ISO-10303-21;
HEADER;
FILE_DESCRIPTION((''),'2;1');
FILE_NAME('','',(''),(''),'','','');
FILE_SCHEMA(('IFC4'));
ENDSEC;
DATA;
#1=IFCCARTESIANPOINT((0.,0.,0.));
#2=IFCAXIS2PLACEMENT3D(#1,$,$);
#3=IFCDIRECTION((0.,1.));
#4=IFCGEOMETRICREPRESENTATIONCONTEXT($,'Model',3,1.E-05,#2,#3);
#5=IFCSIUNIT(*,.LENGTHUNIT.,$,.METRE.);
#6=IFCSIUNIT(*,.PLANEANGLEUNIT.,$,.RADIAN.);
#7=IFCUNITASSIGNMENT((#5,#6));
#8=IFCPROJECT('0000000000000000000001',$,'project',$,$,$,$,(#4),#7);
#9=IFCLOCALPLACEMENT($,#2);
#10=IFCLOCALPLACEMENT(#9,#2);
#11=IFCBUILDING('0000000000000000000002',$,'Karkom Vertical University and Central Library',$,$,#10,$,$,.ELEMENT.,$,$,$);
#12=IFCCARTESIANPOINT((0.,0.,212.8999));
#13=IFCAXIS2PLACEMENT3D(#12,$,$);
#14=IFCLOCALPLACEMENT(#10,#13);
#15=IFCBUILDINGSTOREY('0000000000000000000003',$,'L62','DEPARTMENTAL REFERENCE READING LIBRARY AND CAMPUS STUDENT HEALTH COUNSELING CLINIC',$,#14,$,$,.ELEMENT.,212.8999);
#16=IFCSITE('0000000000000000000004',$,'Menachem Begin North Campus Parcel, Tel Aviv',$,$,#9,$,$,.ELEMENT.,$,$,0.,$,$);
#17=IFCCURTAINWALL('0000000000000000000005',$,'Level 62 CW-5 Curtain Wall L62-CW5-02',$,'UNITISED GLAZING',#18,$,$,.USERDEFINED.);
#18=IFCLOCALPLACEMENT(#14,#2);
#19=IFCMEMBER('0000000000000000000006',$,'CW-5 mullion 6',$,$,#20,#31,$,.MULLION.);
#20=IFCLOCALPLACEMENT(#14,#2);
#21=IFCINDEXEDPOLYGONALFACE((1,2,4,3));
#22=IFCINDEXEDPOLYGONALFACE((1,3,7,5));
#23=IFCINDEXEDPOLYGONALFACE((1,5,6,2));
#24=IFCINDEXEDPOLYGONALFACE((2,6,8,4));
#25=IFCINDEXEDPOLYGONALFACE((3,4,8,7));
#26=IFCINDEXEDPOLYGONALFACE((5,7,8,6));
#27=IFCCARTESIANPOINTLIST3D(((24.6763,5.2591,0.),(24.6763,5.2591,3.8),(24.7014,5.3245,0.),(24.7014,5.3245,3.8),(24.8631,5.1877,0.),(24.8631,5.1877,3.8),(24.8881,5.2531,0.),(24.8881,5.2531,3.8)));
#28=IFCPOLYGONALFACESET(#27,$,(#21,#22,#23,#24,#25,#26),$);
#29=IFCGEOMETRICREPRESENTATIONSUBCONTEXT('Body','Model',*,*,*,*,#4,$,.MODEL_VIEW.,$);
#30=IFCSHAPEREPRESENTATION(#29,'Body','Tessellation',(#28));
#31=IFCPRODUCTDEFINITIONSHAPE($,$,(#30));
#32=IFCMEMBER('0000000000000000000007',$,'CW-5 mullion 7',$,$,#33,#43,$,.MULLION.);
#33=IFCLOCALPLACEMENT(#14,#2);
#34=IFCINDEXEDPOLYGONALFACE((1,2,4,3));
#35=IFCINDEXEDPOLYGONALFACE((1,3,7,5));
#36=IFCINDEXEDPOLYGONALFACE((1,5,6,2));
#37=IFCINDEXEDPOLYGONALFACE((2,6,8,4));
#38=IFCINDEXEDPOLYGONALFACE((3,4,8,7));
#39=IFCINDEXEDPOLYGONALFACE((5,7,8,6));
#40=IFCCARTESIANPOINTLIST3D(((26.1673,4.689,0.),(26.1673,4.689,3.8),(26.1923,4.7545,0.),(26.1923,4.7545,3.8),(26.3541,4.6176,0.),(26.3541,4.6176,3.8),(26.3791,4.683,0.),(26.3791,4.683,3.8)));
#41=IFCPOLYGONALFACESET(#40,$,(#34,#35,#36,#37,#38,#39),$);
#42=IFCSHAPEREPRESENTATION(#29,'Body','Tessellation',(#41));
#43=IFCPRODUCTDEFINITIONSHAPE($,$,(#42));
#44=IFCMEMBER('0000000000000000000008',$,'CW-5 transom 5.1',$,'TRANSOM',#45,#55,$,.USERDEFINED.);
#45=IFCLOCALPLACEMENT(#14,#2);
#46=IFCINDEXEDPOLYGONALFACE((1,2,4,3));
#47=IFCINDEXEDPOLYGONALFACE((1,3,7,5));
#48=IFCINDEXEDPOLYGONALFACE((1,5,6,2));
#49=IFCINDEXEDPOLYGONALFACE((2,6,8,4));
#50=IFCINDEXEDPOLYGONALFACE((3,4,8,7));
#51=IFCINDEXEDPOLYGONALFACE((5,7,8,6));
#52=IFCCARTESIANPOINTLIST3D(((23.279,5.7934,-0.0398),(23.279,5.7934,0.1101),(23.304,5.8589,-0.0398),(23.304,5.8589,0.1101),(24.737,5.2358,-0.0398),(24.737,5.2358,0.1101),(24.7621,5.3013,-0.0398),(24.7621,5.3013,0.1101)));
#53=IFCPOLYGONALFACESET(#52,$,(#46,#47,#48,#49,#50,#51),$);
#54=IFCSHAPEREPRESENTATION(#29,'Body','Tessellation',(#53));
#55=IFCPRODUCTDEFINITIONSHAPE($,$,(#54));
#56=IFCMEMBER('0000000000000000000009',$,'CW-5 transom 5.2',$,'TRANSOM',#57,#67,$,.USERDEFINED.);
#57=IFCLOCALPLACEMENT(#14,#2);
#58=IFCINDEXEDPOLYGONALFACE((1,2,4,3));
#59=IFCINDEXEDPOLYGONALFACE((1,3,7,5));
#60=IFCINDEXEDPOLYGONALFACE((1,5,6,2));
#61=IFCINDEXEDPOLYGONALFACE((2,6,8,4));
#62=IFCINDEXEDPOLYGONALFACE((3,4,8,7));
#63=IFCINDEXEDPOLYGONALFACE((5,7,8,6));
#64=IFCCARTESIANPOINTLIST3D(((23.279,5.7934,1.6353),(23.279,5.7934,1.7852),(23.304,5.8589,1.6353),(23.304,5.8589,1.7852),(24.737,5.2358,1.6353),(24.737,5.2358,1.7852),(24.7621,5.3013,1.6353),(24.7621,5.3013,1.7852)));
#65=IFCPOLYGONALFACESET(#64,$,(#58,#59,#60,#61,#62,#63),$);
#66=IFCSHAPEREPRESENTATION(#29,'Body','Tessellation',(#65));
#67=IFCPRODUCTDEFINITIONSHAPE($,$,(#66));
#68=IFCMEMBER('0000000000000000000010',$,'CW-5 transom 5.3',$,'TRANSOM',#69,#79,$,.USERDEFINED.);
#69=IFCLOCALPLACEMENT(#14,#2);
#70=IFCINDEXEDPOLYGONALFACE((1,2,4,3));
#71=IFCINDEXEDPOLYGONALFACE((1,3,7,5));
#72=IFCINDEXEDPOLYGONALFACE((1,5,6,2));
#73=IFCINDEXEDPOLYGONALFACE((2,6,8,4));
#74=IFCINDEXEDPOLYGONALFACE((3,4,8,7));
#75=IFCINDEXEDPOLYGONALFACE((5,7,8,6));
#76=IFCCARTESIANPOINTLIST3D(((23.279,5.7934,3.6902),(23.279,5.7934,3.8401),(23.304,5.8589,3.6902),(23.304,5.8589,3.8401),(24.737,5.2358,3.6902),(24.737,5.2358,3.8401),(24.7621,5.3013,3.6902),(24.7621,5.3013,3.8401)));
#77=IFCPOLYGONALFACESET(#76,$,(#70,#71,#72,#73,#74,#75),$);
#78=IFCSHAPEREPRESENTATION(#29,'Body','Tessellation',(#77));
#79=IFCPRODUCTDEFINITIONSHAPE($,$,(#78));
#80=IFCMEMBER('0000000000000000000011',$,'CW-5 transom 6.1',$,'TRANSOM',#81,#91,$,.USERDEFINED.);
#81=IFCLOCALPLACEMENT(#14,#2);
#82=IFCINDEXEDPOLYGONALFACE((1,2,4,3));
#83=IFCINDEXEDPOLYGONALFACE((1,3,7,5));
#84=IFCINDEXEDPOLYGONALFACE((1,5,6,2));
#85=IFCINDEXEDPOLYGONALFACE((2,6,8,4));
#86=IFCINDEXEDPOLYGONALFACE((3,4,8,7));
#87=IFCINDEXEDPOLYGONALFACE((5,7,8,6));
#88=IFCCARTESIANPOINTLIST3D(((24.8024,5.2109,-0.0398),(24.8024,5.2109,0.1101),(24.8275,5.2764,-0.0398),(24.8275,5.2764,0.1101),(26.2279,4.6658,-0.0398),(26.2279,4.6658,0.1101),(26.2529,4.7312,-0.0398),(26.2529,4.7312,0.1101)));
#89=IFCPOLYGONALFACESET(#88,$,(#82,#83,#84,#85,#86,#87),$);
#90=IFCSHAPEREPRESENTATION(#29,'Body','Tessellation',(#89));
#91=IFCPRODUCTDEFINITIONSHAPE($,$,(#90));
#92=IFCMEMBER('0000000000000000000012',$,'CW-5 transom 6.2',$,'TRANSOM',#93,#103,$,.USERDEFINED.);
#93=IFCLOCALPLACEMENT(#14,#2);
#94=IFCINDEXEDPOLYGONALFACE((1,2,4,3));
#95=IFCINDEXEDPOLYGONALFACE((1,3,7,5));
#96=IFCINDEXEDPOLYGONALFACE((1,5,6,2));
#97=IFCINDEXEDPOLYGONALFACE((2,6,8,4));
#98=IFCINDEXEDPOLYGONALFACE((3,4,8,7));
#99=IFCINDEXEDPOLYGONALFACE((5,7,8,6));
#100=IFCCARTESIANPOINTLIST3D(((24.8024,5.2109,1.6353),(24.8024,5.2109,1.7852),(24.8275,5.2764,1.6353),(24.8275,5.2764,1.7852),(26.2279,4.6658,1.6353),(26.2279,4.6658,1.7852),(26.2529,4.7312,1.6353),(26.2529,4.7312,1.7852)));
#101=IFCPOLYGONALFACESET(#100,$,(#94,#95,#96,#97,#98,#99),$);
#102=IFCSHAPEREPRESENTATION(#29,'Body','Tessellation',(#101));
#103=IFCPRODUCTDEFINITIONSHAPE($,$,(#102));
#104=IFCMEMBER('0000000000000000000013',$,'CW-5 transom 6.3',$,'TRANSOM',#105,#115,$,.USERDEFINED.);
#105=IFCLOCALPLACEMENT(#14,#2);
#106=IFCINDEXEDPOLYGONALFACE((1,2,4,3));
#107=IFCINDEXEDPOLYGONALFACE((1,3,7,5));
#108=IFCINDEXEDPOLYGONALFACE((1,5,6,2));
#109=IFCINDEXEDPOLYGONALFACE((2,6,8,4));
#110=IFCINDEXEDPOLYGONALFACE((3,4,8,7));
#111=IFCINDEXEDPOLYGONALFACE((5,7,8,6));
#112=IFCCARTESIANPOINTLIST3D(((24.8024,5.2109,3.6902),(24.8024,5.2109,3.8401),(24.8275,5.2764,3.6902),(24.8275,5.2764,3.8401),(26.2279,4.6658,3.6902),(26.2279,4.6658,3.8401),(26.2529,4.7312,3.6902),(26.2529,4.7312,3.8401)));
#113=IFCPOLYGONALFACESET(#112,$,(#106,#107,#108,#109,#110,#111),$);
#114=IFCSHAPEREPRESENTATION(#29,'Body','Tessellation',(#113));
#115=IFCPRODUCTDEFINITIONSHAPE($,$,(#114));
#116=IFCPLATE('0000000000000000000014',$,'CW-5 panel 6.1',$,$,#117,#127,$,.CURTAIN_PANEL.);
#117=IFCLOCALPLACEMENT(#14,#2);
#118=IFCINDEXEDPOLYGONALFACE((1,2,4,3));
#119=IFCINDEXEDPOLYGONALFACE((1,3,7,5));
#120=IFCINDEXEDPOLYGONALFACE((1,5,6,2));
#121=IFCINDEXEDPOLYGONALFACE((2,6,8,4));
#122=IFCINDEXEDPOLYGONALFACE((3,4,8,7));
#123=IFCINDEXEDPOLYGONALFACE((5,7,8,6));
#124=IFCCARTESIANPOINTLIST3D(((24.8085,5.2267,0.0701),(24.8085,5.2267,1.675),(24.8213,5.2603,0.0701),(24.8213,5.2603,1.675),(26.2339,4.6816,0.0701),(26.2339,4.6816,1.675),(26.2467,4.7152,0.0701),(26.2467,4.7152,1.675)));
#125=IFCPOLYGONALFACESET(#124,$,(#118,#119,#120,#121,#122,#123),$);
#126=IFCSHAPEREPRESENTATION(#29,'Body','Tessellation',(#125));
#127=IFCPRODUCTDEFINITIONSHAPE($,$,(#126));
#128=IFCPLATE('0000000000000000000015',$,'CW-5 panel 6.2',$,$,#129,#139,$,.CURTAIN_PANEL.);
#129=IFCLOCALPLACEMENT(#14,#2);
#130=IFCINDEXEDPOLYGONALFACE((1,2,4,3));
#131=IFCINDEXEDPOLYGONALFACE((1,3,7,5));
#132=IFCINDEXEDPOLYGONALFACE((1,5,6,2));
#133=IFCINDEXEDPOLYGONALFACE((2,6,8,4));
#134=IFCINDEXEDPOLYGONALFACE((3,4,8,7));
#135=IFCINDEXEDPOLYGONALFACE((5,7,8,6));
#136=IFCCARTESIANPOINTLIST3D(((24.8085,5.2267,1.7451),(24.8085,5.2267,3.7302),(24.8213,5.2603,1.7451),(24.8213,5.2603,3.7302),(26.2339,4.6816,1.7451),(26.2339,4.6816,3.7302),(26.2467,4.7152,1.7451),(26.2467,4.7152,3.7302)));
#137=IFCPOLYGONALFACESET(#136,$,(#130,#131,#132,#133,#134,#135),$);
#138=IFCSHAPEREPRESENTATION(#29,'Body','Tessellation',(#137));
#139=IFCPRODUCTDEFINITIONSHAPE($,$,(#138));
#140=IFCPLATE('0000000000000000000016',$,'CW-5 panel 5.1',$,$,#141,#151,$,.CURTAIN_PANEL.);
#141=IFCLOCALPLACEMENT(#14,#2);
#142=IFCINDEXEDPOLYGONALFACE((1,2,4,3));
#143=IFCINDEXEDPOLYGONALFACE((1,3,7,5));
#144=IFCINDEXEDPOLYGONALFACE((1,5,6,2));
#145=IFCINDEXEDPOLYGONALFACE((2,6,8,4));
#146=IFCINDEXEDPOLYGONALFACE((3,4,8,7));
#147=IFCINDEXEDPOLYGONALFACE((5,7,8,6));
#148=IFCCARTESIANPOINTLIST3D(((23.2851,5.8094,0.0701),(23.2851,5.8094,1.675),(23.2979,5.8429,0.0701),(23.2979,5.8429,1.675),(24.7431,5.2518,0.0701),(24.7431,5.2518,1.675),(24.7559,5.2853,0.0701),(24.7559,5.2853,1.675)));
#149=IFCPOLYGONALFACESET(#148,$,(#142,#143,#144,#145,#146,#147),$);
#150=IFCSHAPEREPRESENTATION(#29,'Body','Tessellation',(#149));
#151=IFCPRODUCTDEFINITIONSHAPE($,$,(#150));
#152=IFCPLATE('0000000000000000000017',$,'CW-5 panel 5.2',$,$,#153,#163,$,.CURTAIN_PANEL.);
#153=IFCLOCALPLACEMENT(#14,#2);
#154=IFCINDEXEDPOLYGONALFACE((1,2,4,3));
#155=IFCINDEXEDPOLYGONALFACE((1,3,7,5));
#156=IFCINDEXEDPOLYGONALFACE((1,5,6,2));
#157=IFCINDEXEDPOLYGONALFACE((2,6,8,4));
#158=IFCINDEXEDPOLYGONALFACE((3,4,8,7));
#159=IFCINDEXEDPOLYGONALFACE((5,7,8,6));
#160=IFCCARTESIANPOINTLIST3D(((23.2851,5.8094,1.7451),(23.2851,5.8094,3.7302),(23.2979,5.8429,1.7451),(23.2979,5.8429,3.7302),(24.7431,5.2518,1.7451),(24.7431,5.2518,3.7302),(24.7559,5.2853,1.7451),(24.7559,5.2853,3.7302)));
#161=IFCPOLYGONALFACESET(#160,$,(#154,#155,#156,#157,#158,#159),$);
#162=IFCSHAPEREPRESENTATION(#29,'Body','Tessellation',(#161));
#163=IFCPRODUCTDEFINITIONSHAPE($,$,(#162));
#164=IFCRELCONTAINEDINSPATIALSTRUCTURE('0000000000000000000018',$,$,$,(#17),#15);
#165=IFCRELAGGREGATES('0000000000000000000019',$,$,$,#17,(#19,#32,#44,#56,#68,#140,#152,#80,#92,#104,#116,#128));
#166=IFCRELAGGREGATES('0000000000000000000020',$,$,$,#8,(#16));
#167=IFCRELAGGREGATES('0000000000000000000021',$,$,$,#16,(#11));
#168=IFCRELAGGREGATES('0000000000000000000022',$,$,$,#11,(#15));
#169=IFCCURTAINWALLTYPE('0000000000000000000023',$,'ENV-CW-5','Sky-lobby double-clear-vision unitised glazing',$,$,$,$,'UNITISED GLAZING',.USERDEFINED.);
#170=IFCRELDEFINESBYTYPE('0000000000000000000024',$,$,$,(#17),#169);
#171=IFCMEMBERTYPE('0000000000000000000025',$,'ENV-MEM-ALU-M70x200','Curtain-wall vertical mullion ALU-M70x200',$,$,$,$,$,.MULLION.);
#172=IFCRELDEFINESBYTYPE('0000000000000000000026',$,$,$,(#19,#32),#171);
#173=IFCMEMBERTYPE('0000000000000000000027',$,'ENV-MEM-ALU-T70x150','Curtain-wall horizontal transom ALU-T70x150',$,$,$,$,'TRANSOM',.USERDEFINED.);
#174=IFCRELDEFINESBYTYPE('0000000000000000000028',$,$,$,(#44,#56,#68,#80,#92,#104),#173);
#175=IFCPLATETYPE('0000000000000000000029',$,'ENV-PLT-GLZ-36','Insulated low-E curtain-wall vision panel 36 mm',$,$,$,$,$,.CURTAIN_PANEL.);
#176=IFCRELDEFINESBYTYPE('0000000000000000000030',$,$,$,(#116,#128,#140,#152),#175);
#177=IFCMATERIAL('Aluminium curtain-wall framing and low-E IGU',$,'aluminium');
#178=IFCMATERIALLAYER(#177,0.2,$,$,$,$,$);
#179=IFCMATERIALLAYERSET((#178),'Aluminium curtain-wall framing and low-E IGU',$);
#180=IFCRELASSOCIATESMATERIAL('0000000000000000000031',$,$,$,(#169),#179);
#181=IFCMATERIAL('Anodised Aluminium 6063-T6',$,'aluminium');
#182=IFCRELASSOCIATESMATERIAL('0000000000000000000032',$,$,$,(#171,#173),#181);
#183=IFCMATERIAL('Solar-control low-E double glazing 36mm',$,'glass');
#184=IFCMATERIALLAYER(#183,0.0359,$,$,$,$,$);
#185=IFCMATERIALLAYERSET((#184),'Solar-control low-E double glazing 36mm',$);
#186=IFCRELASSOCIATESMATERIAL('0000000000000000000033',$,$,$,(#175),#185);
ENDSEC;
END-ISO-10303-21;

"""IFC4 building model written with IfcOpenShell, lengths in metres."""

from ifc_helpers import new_model, si_unit, direction, frame, origin, origin_with_axes, origin_2d, place, context, subcontext, project, spatial, rectangle, extrude, source, transform, mapped, material, layer, layer_set, material_profile, profile_set, type_object, element, aggregate, save


model = new_model("IFC4")

# Units and contexts
model_context = context("Model", 3, precision=1e-05, world=origin(), true_north=direction((0.0, 1.0)))
body_context = subcontext(model_context, "Body", "Model", "MODEL_VIEW")
ifc_project = project(units=[si_unit("LENGTHUNIT", "METRE"), si_unit("PLANEANGLEUNIT", "RADIAN")], contexts=[model_context])

# Site, building, storey
site_placement = place(None, origin())
site = spatial("IfcSite", under=ifc_project, at=site_placement, Name="Menachem Begin North Campus Parcel, Tel Aviv", CompositionType="ELEMENT", RefElevation=0.0)
building_placement = place(site_placement, origin())
building = spatial("IfcBuilding", under=site, at=building_placement, Name="Karkom Vertical University and Central Library", CompositionType="ELEMENT")
storey_placement = place(building_placement, frame((0.0, 0.0, 212.8999)))
storey = spatial("IfcBuildingStorey", under=building, at=storey_placement, Name="L62", Description="DEPARTMENTAL REFERENCE READING LIBRARY AND CAMPUS STUDENT HEALTH COUNSELING CLINIC", CompositionType="ELEMENT", Elevation=212.8999)

# Curtain wall, members, plates
ifc_material_1 = material(Name="Aluminium curtain-wall framing and low-E IGU", Category="aluminium")
ifc_layer_1 = layer(ifc_material_1, 0.2)
ifc_layer_set_1 = layer_set([ifc_layer_1], Name="Aluminium curtain-wall framing and low-E IGU")
curtain_wall_type = type_object("IfcCurtainWallType", Name="ENV-CW-5", Description="Sky-lobby double-clear-vision unitised glazing", ElementType="UNITISED GLAZING", PredefinedType="USERDEFINED", material=ifc_layer_set_1)
curtain_wall_placement = place(storey_placement, origin())
curtain_wall = element("IfcCurtainWall", 1, at=curtain_wall_placement, inside=storey, type_object=curtain_wall_type, Name="Level 62 CW-5 Curtain Wall L62-CW5-02", ObjectType="UNITISED GLAZING", PredefinedType="USERDEFINED")
ifc_material_2 = material(Name="Anodised Aluminium 6063-T6", Category="aluminium")
ifc_material_profile_1 = material_profile(ifc_material_2, rectangle(XDim=0.0701, YDim=0.2, at=origin_2d()), Name="ALU-M70x200")
ifc_profile_set_1 = profile_set([ifc_material_profile_1], Name="Anodised Aluminium 6063-T6")
member_type_1 = type_object("IfcMemberType", Name="ENV-MEM-ALU-M70x200", Description="Curtain-wall vertical mullion ALU-M70x200", PredefinedType="MULLION", material=ifc_profile_set_1)
shared_shape_1 = source(origin_with_axes(), body_context, "Body", "SweptSolid", [
    extrude(rectangle(XDim=0.0701, YDim=0.2, at=origin_2d()), origin(), (0.0, 0.0, 1.0), 3.8),
])
member_1_placement = place(storey_placement, frame((24.7822, 5.2561, 0.0), z_axis=(0.0, 0.0, 1.0), x_axis=(0.357182, 0.934035, 0.0)))
member_1 = element("IfcMember", 2, at=member_1_placement, type_object=member_type_1, Name="CW-5 mullion 6", PredefinedType="MULLION", context=body_context, shape_type="MappedRepresentation", body=[
    mapped(shared_shape_1, transform((0.0, 0.0, 0.0), scale=1.0)),
])
member_2_placement = place(storey_placement, frame((26.2732, 4.686, 0.0), z_axis=(0.0, 0.0, 1.0), x_axis=(0.357182, 0.934035, 0.0)))
member_2 = element("IfcMember", 3, at=member_2_placement, type_object=member_type_1, Name="CW-5 mullion 7", PredefinedType="MULLION", context=body_context, shape_type="MappedRepresentation", body=[
    mapped(shared_shape_1, transform((0.0, 0.0, 0.0), scale=1.0)),
])
ifc_material_profile_2 = material_profile(ifc_material_2, rectangle(XDim=0.0701, YDim=0.1499, at=origin_2d()), Name="ALU-T70x150")
ifc_profile_set_2 = profile_set([ifc_material_profile_2], Name="Anodised Aluminium 6063-T6")
member_type_2 = type_object("IfcMemberType", Name="ENV-MEM-ALU-T70x150", Description="Curtain-wall horizontal transom ALU-T70x150", ElementType="TRANSOM", PredefinedType="USERDEFINED", material=ifc_profile_set_2)
shared_shape_2 = source(origin_with_axes(), body_context, "Body", "SweptSolid", [
    extrude(rectangle(XDim=0.0701, YDim=0.1499, at=origin_2d()), origin(), (0.0, 0.0, 1.0), 1.561),
])
member_3_placement = place(storey_placement, frame((23.2915, 5.8262, 0.0352), z_axis=(0.934021, -0.357218, 0.0), x_axis=(0.357218, 0.934021, 0.0)))
member_3 = element("IfcMember", 4, at=member_3_placement, type_object=member_type_2, Name="CW-5 transom 5.1", ObjectType="TRANSOM", PredefinedType="USERDEFINED", context=body_context, shape_type="MappedRepresentation", body=[
    mapped(shared_shape_2, transform((0.0, 0.0, 0.0), scale=1.0)),
])
member_4_placement = place(storey_placement, frame((23.2915, 5.8262, 1.7102), z_axis=(0.934021, -0.357218, 0.0), x_axis=(0.357218, 0.934021, 0.0)))
member_4 = element("IfcMember", 5, at=member_4_placement, type_object=member_type_2, Name="CW-5 transom 5.2", ObjectType="TRANSOM", PredefinedType="USERDEFINED", context=body_context, shape_type="MappedRepresentation", body=[
    mapped(shared_shape_2, transform((0.0, 0.0, 0.0), scale=1.0)),
])
member_5_placement = place(storey_placement, frame((23.2915, 5.8262, 3.7651), z_axis=(0.934021, -0.357218, 0.0), x_axis=(0.357218, 0.934021, 0.0)))
member_5 = element("IfcMember", 6, at=member_5_placement, type_object=member_type_2, Name="CW-5 transom 5.3", ObjectType="TRANSOM", PredefinedType="USERDEFINED", context=body_context, shape_type="MappedRepresentation", body=[
    mapped(shared_shape_2, transform((0.0, 0.0, 0.0), scale=1.0)),
])
shared_shape_3 = source(origin_with_axes(), body_context, "Body", "SweptSolid", [
    extrude(rectangle(XDim=0.0701, YDim=0.1499, at=origin_2d()), origin(), (0.0, 0.0, 1.0), 1.5261),
])
member_6_placement = place(storey_placement, frame((24.8149, 5.2437, 0.0352), z_axis=(0.934028, -0.357199, 0.0), x_axis=(0.357199, 0.934028, 0.0)))
member_6 = element("IfcMember", 7, at=member_6_placement, type_object=member_type_2, Name="CW-5 transom 6.1", ObjectType="TRANSOM", PredefinedType="USERDEFINED", context=body_context, shape_type="MappedRepresentation", body=[
    mapped(shared_shape_3, transform((0.0, 0.0, 0.0), scale=1.0)),
])
member_7_placement = place(storey_placement, frame((24.8149, 5.2437, 1.7102), z_axis=(0.934028, -0.357199, 0.0), x_axis=(0.357199, 0.934028, 0.0)))
member_7 = element("IfcMember", 8, at=member_7_placement, type_object=member_type_2, Name="CW-5 transom 6.2", ObjectType="TRANSOM", PredefinedType="USERDEFINED", context=body_context, shape_type="MappedRepresentation", body=[
    mapped(shared_shape_3, transform((0.0, 0.0, 0.0), scale=1.0)),
])
member_8_placement = place(storey_placement, frame((24.8149, 5.2437, 3.7651), z_axis=(0.934028, -0.357199, 0.0), x_axis=(0.357199, 0.934028, 0.0)))
member_8 = element("IfcMember", 9, at=member_8_placement, type_object=member_type_2, Name="CW-5 transom 6.3", ObjectType="TRANSOM", PredefinedType="USERDEFINED", context=body_context, shape_type="MappedRepresentation", body=[
    mapped(shared_shape_3, transform((0.0, 0.0, 0.0), scale=1.0)),
])
ifc_material_3 = material(Name="Solar-control low-E double glazing 36mm", Category="glass")
ifc_layer_2 = layer(ifc_material_3, 0.0359)
ifc_layer_set_2 = layer_set([ifc_layer_2], Name="Solar-control low-E double glazing 36mm")
plate_type = type_object("IfcPlateType", Name="ENV-PLT-GLZ-36", Description="Insulated low-E curtain-wall vision panel 36 mm", PredefinedType="CURTAIN_PANEL", material=ifc_layer_set_2)
shared_shape_4 = source(origin_with_axes(), body_context, "Body", "SweptSolid", [
    extrude(rectangle(XDim=1.5261, YDim=0.0359, at=origin_2d()), origin(), (0.0, 0.0, 1.0), 1.605),
])
plate_1_placement = place(storey_placement, frame((25.5276, 4.9709, 0.0701), z_axis=(0.0, 0.0, 1.0), x_axis=(0.934035, -0.357182, 0.0)))
plate_1 = element("IfcPlate", 10, at=plate_1_placement, type_object=plate_type, Name="CW-5 panel 6.1", PredefinedType="CURTAIN_PANEL", context=body_context, shape_type="MappedRepresentation", body=[
    mapped(shared_shape_4, transform((0.0, 0.0, 0.0), scale=1.0)),
])
shared_shape_5 = source(origin_with_axes(), body_context, "Body", "SweptSolid", [
    extrude(rectangle(XDim=1.5261, YDim=0.0359, at=origin_2d()), origin(), (0.0, 0.0, 1.0), 1.9851),
])
plate_2_placement = place(storey_placement, frame((25.5276, 4.9709, 1.7451), z_axis=(0.0, 0.0, 1.0), x_axis=(0.934035, -0.357182, 0.0)))
plate_2 = element("IfcPlate", 11, at=plate_2_placement, type_object=plate_type, Name="CW-5 panel 6.2", PredefinedType="CURTAIN_PANEL", context=body_context, shape_type="MappedRepresentation", body=[
    mapped(shared_shape_5, transform((0.0, 0.0, 0.0), scale=1.0)),
])
shared_shape_6 = source(origin_with_axes(), body_context, "Body", "SweptSolid", [
    extrude(rectangle(XDim=1.561, YDim=0.0359, at=origin_2d()), origin(), (0.0, 0.0, 1.0), 1.605),
])
plate_3_placement = place(storey_placement, frame((24.0205, 5.5474, 0.0701), z_axis=(0.0, 0.0, 1.0), x_axis=(0.934035, -0.357182, 0.0)))
plate_3 = element("IfcPlate", 12, at=plate_3_placement, type_object=plate_type, Name="CW-5 panel 5.1", PredefinedType="CURTAIN_PANEL", context=body_context, shape_type="MappedRepresentation", body=[
    mapped(shared_shape_6, transform((0.0, 0.0, 0.0), scale=1.0)),
])
shared_shape_7 = source(origin_with_axes(), body_context, "Body", "SweptSolid", [
    extrude(rectangle(XDim=1.561, YDim=0.0359, at=origin_2d()), origin(), (0.0, 0.0, 1.0), 1.9851),
])
plate_4_placement = place(storey_placement, frame((24.0205, 5.5474, 1.7451), z_axis=(0.0, 0.0, 1.0), x_axis=(0.934035, -0.357182, 0.0)))
plate_4 = element("IfcPlate", 13, at=plate_4_placement, type_object=plate_type, Name="CW-5 panel 5.2", PredefinedType="CURTAIN_PANEL", context=body_context, shape_type="MappedRepresentation", body=[
    mapped(shared_shape_7, transform((0.0, 0.0, 0.0), scale=1.0)),
])
aggregate(curtain_wall, [member_1, member_2, member_3, member_4, member_5, plate_3, plate_4, member_6, member_7, member_8, plate_1, plate_2])

save(model, "model.ifc")
